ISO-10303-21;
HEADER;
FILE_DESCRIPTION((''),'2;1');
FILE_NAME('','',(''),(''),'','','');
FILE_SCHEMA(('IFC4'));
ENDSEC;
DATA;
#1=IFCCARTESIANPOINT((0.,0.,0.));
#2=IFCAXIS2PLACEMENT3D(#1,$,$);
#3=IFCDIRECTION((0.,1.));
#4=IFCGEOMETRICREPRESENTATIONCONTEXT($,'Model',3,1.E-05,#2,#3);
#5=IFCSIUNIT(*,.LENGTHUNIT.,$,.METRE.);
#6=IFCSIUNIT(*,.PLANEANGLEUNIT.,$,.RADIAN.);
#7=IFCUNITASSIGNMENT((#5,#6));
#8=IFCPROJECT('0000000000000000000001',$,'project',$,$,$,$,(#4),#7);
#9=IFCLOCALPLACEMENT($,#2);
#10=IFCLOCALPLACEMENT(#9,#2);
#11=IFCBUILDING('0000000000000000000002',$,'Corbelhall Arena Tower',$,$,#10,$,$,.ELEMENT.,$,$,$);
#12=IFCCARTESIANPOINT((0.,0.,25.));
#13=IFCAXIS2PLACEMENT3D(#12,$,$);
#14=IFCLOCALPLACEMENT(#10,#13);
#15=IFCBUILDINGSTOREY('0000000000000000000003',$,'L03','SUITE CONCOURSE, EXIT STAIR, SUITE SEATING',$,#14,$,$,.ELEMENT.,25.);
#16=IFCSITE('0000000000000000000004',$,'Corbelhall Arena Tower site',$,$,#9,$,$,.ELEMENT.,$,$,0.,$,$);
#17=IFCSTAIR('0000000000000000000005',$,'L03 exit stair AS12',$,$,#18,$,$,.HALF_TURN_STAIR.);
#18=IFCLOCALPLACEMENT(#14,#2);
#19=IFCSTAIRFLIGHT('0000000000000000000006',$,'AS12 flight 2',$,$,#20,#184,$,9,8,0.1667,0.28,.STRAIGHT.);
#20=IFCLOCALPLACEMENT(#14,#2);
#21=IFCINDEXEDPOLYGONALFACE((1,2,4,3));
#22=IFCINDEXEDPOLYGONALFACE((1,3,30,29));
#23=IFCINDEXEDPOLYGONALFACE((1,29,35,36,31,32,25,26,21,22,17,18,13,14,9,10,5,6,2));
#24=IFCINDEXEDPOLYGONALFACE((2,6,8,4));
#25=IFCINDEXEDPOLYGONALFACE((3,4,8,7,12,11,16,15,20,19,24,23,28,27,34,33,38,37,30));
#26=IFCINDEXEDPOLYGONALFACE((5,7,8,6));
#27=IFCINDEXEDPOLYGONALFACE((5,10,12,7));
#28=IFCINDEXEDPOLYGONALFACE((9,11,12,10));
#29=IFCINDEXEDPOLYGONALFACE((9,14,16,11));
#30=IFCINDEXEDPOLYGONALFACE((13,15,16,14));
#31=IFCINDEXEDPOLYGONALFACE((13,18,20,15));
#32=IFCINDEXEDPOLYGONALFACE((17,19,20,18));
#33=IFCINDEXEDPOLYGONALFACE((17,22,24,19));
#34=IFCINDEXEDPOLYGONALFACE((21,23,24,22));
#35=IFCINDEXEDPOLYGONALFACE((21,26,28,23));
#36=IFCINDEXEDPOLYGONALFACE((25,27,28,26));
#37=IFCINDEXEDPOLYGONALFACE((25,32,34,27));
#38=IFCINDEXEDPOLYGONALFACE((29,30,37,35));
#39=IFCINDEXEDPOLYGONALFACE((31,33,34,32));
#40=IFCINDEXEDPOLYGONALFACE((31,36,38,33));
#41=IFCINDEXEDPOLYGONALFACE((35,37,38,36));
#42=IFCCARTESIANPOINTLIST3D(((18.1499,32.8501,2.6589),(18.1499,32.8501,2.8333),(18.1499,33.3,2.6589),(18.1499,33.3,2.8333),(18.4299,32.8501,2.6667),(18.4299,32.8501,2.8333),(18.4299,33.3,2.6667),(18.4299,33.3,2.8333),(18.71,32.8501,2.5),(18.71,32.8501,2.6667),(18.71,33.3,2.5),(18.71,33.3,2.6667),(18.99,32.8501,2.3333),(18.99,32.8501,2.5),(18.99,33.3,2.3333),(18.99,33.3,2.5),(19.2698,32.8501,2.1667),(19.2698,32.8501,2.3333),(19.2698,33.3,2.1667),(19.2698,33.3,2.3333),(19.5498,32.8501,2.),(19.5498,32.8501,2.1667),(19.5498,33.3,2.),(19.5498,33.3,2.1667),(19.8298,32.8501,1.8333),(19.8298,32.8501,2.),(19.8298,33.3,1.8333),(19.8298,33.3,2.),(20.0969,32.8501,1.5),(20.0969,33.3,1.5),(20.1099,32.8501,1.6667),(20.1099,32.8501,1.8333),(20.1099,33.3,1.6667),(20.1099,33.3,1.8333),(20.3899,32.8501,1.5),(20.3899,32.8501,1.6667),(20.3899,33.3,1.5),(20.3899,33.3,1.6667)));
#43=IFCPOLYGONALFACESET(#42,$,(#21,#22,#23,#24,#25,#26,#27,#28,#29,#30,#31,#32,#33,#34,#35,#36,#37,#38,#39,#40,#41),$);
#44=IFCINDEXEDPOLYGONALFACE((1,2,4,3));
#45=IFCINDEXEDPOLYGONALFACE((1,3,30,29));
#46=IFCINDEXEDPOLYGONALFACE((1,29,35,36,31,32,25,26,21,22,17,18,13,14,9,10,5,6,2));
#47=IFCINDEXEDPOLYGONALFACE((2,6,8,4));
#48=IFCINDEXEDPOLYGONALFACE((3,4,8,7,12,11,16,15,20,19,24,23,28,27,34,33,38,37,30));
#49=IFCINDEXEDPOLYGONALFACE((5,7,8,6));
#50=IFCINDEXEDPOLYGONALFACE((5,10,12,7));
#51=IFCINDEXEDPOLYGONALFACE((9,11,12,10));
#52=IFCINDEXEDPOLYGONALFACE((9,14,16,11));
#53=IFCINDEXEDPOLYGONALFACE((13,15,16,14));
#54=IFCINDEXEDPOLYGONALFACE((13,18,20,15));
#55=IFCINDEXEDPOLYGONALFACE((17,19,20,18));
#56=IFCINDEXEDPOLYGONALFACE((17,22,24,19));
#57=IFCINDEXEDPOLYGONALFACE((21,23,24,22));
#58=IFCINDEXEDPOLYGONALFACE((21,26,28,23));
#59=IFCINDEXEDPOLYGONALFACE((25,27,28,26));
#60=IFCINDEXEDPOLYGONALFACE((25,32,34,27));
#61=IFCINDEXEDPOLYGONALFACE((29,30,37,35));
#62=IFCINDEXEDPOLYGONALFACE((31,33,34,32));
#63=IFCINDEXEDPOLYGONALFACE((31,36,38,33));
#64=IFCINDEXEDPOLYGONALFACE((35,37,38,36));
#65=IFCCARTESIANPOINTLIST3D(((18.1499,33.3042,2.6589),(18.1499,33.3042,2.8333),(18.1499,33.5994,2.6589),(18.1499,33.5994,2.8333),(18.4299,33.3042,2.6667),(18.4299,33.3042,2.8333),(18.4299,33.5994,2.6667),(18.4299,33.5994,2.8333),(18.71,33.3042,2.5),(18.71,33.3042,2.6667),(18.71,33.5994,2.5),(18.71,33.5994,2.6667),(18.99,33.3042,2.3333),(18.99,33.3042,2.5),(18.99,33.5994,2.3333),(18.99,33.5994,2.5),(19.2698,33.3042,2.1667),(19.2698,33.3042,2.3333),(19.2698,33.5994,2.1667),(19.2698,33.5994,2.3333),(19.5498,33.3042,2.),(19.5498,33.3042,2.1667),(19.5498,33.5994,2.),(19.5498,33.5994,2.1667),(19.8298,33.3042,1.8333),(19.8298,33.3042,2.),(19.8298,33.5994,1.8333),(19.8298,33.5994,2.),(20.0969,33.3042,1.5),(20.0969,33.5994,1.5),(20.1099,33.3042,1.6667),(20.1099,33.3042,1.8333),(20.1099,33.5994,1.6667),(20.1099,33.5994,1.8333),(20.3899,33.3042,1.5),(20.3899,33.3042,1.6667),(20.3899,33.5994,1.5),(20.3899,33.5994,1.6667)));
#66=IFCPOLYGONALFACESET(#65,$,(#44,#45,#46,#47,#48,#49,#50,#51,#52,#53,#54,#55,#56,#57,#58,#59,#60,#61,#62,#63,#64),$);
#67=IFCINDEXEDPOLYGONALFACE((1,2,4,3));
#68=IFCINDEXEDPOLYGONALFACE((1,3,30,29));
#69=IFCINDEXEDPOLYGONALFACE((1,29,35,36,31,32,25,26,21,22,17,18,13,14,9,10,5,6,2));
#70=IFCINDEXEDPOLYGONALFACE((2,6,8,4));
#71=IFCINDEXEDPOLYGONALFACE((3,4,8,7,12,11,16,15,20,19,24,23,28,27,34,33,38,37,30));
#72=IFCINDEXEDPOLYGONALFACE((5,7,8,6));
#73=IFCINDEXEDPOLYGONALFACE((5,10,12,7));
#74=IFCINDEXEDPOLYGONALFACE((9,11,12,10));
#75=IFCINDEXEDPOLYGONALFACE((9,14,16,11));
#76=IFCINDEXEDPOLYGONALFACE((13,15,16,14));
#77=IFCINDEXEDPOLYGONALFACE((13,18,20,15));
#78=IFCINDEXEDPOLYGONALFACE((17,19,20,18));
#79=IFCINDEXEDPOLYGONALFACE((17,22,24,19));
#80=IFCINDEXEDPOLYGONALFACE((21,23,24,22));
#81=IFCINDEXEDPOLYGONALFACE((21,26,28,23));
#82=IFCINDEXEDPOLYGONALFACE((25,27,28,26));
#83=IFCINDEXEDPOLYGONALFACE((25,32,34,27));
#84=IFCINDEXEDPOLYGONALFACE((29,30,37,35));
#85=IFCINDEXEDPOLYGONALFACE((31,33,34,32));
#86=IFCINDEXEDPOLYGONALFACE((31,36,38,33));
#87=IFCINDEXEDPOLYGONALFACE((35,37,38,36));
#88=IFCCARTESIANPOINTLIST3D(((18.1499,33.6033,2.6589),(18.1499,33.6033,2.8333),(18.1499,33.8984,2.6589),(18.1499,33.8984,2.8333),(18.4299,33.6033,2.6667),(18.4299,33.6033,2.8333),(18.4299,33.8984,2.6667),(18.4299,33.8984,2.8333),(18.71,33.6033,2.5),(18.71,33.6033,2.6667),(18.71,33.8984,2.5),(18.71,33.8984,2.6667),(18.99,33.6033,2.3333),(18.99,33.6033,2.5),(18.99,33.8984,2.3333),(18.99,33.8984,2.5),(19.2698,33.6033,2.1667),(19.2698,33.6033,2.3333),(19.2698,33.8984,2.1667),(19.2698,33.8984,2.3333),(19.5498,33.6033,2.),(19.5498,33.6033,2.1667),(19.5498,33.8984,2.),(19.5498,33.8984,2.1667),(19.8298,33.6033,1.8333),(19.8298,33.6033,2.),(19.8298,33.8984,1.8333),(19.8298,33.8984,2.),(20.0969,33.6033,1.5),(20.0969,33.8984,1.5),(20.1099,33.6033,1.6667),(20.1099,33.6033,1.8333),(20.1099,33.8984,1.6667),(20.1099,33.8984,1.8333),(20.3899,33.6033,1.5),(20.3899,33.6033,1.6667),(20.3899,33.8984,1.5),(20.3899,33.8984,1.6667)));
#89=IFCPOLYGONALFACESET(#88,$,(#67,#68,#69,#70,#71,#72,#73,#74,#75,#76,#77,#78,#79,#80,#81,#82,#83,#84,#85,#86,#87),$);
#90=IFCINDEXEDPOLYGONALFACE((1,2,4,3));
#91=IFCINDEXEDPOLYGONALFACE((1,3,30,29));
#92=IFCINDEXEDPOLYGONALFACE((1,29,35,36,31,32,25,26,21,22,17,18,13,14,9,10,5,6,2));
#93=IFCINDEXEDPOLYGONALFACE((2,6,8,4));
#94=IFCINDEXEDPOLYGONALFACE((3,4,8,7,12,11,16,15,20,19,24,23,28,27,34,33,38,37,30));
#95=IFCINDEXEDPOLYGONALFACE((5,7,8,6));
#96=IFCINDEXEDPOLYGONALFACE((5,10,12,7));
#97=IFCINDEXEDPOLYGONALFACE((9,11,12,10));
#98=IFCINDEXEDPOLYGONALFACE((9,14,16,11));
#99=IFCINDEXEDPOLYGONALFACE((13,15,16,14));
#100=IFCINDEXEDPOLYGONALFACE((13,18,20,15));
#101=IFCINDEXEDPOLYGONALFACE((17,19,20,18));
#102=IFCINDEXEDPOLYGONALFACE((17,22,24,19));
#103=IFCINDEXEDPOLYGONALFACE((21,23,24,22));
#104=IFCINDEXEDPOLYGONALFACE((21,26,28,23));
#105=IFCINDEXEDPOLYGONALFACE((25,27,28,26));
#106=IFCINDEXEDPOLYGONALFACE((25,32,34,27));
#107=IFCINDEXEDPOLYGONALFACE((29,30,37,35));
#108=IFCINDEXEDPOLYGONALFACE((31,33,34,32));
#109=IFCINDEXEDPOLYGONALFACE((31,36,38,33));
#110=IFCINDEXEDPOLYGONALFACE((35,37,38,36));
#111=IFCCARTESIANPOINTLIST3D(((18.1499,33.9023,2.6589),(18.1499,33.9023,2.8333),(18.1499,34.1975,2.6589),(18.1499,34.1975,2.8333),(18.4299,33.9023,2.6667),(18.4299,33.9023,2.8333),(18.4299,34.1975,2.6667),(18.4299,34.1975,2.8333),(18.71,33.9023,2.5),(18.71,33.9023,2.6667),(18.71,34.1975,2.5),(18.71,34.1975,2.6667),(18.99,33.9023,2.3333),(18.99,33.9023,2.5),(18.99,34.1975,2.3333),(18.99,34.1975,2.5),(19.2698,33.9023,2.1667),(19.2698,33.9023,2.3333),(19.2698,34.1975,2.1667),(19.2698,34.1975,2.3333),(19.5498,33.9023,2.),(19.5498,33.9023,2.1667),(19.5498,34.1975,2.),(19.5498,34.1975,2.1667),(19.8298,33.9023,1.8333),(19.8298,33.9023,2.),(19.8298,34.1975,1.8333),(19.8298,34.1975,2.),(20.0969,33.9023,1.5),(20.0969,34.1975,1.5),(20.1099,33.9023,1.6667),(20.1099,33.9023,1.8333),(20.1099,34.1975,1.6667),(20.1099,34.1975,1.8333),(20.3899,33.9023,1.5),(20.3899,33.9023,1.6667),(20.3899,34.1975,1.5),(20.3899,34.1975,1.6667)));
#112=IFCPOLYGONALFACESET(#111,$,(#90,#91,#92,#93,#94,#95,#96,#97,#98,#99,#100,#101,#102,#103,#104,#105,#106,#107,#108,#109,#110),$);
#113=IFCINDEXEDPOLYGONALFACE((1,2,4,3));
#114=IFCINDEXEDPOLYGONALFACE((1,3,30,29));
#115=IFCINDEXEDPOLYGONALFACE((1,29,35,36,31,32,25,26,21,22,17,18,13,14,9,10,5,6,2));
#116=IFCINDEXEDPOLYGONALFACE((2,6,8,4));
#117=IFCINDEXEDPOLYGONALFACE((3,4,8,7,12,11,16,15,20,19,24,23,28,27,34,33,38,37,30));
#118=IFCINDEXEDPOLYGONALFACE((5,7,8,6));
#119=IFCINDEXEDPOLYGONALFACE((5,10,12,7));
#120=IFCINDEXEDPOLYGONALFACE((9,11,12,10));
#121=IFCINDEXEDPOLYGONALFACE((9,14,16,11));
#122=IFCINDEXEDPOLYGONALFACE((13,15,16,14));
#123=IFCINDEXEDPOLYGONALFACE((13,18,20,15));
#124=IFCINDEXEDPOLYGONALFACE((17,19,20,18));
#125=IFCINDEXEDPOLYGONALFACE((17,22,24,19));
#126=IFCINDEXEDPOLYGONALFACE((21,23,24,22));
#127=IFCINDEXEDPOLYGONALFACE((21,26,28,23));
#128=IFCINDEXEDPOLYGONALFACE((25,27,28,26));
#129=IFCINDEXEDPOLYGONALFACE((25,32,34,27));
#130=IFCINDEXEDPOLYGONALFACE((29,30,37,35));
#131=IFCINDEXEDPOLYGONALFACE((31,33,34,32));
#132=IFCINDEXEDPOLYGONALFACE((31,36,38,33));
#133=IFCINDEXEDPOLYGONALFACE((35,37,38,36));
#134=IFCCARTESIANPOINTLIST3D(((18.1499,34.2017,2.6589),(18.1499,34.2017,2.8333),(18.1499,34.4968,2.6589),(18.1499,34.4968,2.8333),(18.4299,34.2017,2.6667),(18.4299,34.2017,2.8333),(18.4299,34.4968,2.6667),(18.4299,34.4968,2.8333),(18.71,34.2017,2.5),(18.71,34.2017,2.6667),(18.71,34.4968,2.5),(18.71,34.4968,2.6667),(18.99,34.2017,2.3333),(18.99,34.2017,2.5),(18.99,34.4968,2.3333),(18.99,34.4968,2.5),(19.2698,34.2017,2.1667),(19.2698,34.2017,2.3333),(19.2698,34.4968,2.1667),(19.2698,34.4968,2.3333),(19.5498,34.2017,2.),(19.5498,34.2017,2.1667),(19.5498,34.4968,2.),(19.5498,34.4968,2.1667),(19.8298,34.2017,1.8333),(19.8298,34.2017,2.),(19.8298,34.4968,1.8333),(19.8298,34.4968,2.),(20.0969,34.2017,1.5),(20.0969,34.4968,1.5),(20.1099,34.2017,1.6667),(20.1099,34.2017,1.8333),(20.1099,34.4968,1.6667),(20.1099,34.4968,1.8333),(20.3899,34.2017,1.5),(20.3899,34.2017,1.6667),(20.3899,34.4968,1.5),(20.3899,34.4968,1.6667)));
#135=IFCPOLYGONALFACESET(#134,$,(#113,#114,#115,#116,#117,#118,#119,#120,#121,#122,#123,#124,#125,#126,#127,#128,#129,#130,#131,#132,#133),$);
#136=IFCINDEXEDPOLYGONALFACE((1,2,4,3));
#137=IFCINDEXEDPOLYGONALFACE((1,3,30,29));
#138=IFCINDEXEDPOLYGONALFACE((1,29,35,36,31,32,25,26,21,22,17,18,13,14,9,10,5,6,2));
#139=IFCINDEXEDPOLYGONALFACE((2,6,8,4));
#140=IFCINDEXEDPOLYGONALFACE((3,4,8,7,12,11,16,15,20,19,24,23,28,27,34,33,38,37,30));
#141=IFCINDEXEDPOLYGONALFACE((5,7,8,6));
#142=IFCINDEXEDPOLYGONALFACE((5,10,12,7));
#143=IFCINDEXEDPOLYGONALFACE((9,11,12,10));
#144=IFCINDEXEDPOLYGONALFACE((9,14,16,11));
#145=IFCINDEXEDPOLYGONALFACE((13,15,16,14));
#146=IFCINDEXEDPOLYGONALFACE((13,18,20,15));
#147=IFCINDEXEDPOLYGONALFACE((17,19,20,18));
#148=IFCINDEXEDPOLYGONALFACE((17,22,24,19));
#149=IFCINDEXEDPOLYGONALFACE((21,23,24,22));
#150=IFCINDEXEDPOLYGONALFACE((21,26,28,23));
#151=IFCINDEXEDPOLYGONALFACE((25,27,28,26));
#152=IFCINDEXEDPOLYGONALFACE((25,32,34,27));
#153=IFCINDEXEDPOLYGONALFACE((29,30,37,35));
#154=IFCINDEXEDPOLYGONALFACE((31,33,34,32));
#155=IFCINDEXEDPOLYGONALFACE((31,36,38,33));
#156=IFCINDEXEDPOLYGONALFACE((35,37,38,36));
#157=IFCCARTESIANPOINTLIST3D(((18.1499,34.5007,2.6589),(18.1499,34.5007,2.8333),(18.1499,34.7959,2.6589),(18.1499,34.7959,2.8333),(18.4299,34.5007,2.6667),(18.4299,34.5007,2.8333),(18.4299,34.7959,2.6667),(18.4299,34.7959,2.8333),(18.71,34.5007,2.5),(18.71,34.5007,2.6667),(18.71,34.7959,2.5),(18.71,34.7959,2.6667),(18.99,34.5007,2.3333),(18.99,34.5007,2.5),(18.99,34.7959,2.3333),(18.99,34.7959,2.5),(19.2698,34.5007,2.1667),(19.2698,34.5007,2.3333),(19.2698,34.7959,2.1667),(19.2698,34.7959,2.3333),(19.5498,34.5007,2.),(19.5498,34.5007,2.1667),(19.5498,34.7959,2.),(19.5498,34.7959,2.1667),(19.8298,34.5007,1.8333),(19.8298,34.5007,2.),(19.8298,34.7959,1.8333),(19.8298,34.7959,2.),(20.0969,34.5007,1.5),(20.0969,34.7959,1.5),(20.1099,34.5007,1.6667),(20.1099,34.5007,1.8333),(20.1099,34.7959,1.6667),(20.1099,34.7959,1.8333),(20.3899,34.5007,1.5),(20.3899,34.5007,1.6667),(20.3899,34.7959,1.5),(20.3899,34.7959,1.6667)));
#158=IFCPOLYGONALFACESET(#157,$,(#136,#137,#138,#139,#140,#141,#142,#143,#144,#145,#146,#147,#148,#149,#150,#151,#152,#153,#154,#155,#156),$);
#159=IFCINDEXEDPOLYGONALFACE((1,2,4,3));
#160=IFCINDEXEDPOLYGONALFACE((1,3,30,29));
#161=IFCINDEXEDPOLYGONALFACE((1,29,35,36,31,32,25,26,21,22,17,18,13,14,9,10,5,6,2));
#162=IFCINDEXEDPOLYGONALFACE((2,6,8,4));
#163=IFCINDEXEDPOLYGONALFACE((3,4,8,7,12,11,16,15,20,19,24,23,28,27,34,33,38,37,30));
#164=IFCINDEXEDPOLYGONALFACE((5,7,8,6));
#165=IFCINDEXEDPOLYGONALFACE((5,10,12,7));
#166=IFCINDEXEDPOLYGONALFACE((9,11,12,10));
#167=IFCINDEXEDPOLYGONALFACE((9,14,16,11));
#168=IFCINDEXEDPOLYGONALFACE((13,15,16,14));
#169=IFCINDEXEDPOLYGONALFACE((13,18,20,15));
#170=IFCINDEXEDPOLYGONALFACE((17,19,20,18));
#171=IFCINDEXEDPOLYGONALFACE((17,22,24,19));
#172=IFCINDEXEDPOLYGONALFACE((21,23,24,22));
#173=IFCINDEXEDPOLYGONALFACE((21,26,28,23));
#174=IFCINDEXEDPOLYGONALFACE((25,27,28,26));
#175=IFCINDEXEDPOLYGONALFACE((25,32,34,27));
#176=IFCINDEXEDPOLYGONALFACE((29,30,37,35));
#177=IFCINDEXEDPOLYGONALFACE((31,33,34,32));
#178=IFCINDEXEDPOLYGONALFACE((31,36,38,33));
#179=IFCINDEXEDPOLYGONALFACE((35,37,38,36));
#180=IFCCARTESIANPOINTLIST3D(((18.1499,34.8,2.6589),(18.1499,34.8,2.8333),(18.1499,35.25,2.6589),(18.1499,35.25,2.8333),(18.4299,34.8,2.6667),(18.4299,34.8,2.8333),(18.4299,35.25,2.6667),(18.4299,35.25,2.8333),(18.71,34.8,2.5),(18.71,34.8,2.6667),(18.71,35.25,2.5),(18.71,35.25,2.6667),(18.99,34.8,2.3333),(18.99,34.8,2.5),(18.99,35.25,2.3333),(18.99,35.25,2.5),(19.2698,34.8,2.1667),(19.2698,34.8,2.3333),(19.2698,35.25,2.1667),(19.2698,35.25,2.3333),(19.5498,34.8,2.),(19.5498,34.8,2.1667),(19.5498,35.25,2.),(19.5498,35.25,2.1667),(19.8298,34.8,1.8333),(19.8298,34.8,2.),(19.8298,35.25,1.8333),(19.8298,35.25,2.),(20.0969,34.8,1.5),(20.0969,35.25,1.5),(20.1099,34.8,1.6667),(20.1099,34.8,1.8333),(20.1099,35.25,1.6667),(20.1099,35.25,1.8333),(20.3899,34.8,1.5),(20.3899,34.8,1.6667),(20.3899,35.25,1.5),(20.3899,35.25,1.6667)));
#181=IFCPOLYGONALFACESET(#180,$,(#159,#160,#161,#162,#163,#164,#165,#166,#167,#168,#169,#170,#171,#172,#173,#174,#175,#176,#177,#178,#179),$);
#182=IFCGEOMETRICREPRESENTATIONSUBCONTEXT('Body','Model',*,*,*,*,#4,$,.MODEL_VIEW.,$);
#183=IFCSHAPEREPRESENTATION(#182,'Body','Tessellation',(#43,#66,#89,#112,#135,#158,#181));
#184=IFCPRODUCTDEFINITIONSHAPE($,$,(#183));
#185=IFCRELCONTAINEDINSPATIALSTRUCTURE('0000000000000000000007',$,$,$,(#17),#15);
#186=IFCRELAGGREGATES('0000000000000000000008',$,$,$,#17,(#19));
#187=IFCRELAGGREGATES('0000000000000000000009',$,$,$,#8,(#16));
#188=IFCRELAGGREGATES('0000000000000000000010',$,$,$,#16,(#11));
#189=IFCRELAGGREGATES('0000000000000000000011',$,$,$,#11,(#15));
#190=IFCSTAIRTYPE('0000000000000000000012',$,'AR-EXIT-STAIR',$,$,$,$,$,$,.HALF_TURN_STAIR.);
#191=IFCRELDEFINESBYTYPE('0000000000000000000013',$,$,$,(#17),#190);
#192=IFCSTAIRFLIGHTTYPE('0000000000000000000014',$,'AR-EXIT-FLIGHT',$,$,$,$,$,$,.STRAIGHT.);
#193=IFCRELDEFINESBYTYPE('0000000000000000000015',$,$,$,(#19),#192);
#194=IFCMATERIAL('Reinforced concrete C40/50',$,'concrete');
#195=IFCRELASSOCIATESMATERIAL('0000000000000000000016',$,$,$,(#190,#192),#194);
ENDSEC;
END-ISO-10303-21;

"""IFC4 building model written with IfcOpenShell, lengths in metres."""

from ifc_helpers import new_model, si_unit, direction, frame, origin, place, context, subcontext, project, spatial, polyline, outline, extrude, material, type_object, element, aggregate, save


model = new_model("IFC4")

# Units and contexts
model_context = context("Model", 3, precision=1e-05, world=origin(), true_north=direction((0.0, 1.0)))
body_context = subcontext(model_context, "Body", "Model", "MODEL_VIEW")
ifc_project = project(units=[si_unit("LENGTHUNIT", "METRE"), si_unit("PLANEANGLEUNIT", "RADIAN")], contexts=[model_context])

# Site, building, storey
site_placement = place(None, origin())
site = spatial("IfcSite", under=ifc_project, at=site_placement, Name="Corbelhall Arena Tower site", CompositionType="ELEMENT", RefElevation=0.0)
building_placement = place(site_placement, origin())
building = spatial("IfcBuilding", under=site, at=building_placement, Name="Corbelhall Arena Tower", CompositionType="ELEMENT")
storey_placement = place(building_placement, frame((0.0, 0.0, 25.0)))
storey = spatial("IfcBuildingStorey", under=building, at=storey_placement, Name="L03", Description="SUITE CONCOURSE, EXIT STAIR, SUITE SEATING", CompositionType="ELEMENT", Elevation=25.0)

# Stair, stair flight
ifc_material_1 = material(Name="Reinforced concrete C40/50", Category="concrete")
stair_type = type_object("IfcStairType", Name="AR-EXIT-STAIR", PredefinedType="HALF_TURN_STAIR", material=ifc_material_1)
stair_placement = place(storey_placement, origin())
stair = element("IfcStair", 1, at=stair_placement, inside=storey, type_object=stair_type, Name="L03 exit stair AS12", PredefinedType="HALF_TURN_STAIR")
stair_flight_type = type_object("IfcStairFlightType", Name="AR-EXIT-FLIGHT", PredefinedType="STRAIGHT", material=ifc_material_1)
stair_flight_1_placement = place(storey_placement, frame((20.3899, 34.05, 1.5), z_axis=(0.0, 0.0, 1.0), x_axis=(-1.0, 0.0, 0.0)))
stair_flight_1 = element("IfcStairFlight", 2, at=stair_flight_1_placement, type_object=stair_flight_type, Name="AS12 flight 2", NumberOfRisers=9, NumberOfTreads=8, PredefinedType="STRAIGHT", RiserHeight=0.1667, TreadLength=0.28, context=body_context, shape_type="SweptSolid", body=[
    extrude(outline(polyline([(0.0, 0.0), (0.0, 0.1667), (0.28, 0.1667), (0.28, 0.3333), (0.5601, 0.3333), (0.5601, 0.5), (0.8401, 0.5), (0.8401, 0.6667), (1.1201, 0.6667), (1.1201, 0.8333), (1.3999, 0.8333), (1.3999, 1.0), (1.6799, 1.0), (1.6799, 1.1667), (1.96, 1.1667), (1.96, 1.3333), (2.24, 1.3333), (2.24, 1.5), (2.24, 1.1589), (0.293, 0.0), (0.0, 0.0)])), frame((0.0, 1.2, 0.0), z_axis=(0.0, -1.0, 0.0), x_axis=(1.0, 0.0, 0.0)), (0.0, 0.0, 1.0), 0.45),
    extrude(outline(polyline([(0.0, 0.0), (0.0, 0.1667), (0.28, 0.1667), (0.28, 0.3333), (0.5601, 0.3333), (0.5601, 0.5), (0.8401, 0.5), (0.8401, 0.6667), (1.1201, 0.6667), (1.1201, 0.8333), (1.3999, 0.8333), (1.3999, 1.0), (1.6799, 1.0), (1.6799, 1.1667), (1.96, 1.1667), (1.96, 1.3333), (2.24, 1.3333), (2.24, 1.5), (2.24, 1.1589), (0.293, 0.0), (0.0, 0.0)])), frame((0.0, 0.7458, 0.0), z_axis=(0.0, -1.0, 0.0), x_axis=(1.0, 0.0, 0.0)), (0.0, 0.0, 1.0), 0.2952),
    extrude(outline(polyline([(0.0, 0.0), (0.0, 0.1667), (0.28, 0.1667), (0.28, 0.3333), (0.5601, 0.3333), (0.5601, 0.5), (0.8401, 0.5), (0.8401, 0.6667), (1.1201, 0.6667), (1.1201, 0.8333), (1.3999, 0.8333), (1.3999, 1.0), (1.6799, 1.0), (1.6799, 1.1667), (1.96, 1.1667), (1.96, 1.3333), (2.24, 1.3333), (2.24, 1.5), (2.24, 1.1589), (0.293, 0.0), (0.0, 0.0)])), frame((0.0, 0.4468, 0.0), z_axis=(0.0, -1.0, 0.0), x_axis=(1.0, 0.0, 0.0)), (0.0, 0.0, 1.0), 0.2952),
    extrude(outline(polyline([(0.0, 0.0), (0.0, 0.1667), (0.28, 0.1667), (0.28, 0.3333), (0.5601, 0.3333), (0.5601, 0.5), (0.8401, 0.5), (0.8401, 0.6667), (1.1201, 0.6667), (1.1201, 0.8333), (1.3999, 0.8333), (1.3999, 1.0), (1.6799, 1.0), (1.6799, 1.1667), (1.96, 1.1667), (1.96, 1.3333), (2.24, 1.3333), (2.24, 1.5), (2.24, 1.1589), (0.293, 0.0), (0.0, 0.0)])), frame((0.0, 0.1477, 0.0), z_axis=(0.0, -1.0, 0.0), x_axis=(1.0, 0.0, 0.0)), (0.0, 0.0, 1.0), 0.2952),
    extrude(outline(polyline([(0.0, 0.0), (0.0, 0.1667), (0.28, 0.1667), (0.28, 0.3333), (0.5601, 0.3333), (0.5601, 0.5), (0.8401, 0.5), (0.8401, 0.6667), (1.1201, 0.6667), (1.1201, 0.8333), (1.3999, 0.8333), (1.3999, 1.0), (1.6799, 1.0), (1.6799, 1.1667), (1.96, 1.1667), (1.96, 1.3333), (2.24, 1.3333), (2.24, 1.5), (2.24, 1.1589), (0.293, 0.0), (0.0, 0.0)])), frame((0.0, -0.1516, 0.0), z_axis=(0.0, -1.0, 0.0), x_axis=(1.0, 0.0, 0.0)), (0.0, 0.0, 1.0), 0.2952),
    extrude(outline(polyline([(0.0, 0.0), (0.0, 0.1667), (0.28, 0.1667), (0.28, 0.3333), (0.5601, 0.3333), (0.5601, 0.5), (0.8401, 0.5), (0.8401, 0.6667), (1.1201, 0.6667), (1.1201, 0.8333), (1.3999, 0.8333), (1.3999, 1.0), (1.6799, 1.0), (1.6799, 1.1667), (1.96, 1.1667), (1.96, 1.3333), (2.24, 1.3333), (2.24, 1.5), (2.24, 1.1589), (0.293, 0.0), (0.0, 0.0)])), frame((0.0, -0.4507, 0.0), z_axis=(0.0, -1.0, 0.0), x_axis=(1.0, 0.0, 0.0)), (0.0, 0.0, 1.0), 0.2952),
    extrude(outline(polyline([(0.0, 0.0), (0.0, 0.1667), (0.28, 0.1667), (0.28, 0.3333), (0.5601, 0.3333), (0.5601, 0.5), (0.8401, 0.5), (0.8401, 0.6667), (1.1201, 0.6667), (1.1201, 0.8333), (1.3999, 0.8333), (1.3999, 1.0), (1.6799, 1.0), (1.6799, 1.1667), (1.96, 1.1667), (1.96, 1.3333), (2.24, 1.3333), (2.24, 1.5), (2.24, 1.1589), (0.293, 0.0), (0.0, 0.0)])), frame((0.0, -0.75, 0.0), z_axis=(0.0, -1.0, 0.0), x_axis=(1.0, 0.0, 0.0)), (0.0, 0.0, 1.0), 0.45),
])
aggregate(stair, [stair_flight_1])

save(model, "model.ifc")
